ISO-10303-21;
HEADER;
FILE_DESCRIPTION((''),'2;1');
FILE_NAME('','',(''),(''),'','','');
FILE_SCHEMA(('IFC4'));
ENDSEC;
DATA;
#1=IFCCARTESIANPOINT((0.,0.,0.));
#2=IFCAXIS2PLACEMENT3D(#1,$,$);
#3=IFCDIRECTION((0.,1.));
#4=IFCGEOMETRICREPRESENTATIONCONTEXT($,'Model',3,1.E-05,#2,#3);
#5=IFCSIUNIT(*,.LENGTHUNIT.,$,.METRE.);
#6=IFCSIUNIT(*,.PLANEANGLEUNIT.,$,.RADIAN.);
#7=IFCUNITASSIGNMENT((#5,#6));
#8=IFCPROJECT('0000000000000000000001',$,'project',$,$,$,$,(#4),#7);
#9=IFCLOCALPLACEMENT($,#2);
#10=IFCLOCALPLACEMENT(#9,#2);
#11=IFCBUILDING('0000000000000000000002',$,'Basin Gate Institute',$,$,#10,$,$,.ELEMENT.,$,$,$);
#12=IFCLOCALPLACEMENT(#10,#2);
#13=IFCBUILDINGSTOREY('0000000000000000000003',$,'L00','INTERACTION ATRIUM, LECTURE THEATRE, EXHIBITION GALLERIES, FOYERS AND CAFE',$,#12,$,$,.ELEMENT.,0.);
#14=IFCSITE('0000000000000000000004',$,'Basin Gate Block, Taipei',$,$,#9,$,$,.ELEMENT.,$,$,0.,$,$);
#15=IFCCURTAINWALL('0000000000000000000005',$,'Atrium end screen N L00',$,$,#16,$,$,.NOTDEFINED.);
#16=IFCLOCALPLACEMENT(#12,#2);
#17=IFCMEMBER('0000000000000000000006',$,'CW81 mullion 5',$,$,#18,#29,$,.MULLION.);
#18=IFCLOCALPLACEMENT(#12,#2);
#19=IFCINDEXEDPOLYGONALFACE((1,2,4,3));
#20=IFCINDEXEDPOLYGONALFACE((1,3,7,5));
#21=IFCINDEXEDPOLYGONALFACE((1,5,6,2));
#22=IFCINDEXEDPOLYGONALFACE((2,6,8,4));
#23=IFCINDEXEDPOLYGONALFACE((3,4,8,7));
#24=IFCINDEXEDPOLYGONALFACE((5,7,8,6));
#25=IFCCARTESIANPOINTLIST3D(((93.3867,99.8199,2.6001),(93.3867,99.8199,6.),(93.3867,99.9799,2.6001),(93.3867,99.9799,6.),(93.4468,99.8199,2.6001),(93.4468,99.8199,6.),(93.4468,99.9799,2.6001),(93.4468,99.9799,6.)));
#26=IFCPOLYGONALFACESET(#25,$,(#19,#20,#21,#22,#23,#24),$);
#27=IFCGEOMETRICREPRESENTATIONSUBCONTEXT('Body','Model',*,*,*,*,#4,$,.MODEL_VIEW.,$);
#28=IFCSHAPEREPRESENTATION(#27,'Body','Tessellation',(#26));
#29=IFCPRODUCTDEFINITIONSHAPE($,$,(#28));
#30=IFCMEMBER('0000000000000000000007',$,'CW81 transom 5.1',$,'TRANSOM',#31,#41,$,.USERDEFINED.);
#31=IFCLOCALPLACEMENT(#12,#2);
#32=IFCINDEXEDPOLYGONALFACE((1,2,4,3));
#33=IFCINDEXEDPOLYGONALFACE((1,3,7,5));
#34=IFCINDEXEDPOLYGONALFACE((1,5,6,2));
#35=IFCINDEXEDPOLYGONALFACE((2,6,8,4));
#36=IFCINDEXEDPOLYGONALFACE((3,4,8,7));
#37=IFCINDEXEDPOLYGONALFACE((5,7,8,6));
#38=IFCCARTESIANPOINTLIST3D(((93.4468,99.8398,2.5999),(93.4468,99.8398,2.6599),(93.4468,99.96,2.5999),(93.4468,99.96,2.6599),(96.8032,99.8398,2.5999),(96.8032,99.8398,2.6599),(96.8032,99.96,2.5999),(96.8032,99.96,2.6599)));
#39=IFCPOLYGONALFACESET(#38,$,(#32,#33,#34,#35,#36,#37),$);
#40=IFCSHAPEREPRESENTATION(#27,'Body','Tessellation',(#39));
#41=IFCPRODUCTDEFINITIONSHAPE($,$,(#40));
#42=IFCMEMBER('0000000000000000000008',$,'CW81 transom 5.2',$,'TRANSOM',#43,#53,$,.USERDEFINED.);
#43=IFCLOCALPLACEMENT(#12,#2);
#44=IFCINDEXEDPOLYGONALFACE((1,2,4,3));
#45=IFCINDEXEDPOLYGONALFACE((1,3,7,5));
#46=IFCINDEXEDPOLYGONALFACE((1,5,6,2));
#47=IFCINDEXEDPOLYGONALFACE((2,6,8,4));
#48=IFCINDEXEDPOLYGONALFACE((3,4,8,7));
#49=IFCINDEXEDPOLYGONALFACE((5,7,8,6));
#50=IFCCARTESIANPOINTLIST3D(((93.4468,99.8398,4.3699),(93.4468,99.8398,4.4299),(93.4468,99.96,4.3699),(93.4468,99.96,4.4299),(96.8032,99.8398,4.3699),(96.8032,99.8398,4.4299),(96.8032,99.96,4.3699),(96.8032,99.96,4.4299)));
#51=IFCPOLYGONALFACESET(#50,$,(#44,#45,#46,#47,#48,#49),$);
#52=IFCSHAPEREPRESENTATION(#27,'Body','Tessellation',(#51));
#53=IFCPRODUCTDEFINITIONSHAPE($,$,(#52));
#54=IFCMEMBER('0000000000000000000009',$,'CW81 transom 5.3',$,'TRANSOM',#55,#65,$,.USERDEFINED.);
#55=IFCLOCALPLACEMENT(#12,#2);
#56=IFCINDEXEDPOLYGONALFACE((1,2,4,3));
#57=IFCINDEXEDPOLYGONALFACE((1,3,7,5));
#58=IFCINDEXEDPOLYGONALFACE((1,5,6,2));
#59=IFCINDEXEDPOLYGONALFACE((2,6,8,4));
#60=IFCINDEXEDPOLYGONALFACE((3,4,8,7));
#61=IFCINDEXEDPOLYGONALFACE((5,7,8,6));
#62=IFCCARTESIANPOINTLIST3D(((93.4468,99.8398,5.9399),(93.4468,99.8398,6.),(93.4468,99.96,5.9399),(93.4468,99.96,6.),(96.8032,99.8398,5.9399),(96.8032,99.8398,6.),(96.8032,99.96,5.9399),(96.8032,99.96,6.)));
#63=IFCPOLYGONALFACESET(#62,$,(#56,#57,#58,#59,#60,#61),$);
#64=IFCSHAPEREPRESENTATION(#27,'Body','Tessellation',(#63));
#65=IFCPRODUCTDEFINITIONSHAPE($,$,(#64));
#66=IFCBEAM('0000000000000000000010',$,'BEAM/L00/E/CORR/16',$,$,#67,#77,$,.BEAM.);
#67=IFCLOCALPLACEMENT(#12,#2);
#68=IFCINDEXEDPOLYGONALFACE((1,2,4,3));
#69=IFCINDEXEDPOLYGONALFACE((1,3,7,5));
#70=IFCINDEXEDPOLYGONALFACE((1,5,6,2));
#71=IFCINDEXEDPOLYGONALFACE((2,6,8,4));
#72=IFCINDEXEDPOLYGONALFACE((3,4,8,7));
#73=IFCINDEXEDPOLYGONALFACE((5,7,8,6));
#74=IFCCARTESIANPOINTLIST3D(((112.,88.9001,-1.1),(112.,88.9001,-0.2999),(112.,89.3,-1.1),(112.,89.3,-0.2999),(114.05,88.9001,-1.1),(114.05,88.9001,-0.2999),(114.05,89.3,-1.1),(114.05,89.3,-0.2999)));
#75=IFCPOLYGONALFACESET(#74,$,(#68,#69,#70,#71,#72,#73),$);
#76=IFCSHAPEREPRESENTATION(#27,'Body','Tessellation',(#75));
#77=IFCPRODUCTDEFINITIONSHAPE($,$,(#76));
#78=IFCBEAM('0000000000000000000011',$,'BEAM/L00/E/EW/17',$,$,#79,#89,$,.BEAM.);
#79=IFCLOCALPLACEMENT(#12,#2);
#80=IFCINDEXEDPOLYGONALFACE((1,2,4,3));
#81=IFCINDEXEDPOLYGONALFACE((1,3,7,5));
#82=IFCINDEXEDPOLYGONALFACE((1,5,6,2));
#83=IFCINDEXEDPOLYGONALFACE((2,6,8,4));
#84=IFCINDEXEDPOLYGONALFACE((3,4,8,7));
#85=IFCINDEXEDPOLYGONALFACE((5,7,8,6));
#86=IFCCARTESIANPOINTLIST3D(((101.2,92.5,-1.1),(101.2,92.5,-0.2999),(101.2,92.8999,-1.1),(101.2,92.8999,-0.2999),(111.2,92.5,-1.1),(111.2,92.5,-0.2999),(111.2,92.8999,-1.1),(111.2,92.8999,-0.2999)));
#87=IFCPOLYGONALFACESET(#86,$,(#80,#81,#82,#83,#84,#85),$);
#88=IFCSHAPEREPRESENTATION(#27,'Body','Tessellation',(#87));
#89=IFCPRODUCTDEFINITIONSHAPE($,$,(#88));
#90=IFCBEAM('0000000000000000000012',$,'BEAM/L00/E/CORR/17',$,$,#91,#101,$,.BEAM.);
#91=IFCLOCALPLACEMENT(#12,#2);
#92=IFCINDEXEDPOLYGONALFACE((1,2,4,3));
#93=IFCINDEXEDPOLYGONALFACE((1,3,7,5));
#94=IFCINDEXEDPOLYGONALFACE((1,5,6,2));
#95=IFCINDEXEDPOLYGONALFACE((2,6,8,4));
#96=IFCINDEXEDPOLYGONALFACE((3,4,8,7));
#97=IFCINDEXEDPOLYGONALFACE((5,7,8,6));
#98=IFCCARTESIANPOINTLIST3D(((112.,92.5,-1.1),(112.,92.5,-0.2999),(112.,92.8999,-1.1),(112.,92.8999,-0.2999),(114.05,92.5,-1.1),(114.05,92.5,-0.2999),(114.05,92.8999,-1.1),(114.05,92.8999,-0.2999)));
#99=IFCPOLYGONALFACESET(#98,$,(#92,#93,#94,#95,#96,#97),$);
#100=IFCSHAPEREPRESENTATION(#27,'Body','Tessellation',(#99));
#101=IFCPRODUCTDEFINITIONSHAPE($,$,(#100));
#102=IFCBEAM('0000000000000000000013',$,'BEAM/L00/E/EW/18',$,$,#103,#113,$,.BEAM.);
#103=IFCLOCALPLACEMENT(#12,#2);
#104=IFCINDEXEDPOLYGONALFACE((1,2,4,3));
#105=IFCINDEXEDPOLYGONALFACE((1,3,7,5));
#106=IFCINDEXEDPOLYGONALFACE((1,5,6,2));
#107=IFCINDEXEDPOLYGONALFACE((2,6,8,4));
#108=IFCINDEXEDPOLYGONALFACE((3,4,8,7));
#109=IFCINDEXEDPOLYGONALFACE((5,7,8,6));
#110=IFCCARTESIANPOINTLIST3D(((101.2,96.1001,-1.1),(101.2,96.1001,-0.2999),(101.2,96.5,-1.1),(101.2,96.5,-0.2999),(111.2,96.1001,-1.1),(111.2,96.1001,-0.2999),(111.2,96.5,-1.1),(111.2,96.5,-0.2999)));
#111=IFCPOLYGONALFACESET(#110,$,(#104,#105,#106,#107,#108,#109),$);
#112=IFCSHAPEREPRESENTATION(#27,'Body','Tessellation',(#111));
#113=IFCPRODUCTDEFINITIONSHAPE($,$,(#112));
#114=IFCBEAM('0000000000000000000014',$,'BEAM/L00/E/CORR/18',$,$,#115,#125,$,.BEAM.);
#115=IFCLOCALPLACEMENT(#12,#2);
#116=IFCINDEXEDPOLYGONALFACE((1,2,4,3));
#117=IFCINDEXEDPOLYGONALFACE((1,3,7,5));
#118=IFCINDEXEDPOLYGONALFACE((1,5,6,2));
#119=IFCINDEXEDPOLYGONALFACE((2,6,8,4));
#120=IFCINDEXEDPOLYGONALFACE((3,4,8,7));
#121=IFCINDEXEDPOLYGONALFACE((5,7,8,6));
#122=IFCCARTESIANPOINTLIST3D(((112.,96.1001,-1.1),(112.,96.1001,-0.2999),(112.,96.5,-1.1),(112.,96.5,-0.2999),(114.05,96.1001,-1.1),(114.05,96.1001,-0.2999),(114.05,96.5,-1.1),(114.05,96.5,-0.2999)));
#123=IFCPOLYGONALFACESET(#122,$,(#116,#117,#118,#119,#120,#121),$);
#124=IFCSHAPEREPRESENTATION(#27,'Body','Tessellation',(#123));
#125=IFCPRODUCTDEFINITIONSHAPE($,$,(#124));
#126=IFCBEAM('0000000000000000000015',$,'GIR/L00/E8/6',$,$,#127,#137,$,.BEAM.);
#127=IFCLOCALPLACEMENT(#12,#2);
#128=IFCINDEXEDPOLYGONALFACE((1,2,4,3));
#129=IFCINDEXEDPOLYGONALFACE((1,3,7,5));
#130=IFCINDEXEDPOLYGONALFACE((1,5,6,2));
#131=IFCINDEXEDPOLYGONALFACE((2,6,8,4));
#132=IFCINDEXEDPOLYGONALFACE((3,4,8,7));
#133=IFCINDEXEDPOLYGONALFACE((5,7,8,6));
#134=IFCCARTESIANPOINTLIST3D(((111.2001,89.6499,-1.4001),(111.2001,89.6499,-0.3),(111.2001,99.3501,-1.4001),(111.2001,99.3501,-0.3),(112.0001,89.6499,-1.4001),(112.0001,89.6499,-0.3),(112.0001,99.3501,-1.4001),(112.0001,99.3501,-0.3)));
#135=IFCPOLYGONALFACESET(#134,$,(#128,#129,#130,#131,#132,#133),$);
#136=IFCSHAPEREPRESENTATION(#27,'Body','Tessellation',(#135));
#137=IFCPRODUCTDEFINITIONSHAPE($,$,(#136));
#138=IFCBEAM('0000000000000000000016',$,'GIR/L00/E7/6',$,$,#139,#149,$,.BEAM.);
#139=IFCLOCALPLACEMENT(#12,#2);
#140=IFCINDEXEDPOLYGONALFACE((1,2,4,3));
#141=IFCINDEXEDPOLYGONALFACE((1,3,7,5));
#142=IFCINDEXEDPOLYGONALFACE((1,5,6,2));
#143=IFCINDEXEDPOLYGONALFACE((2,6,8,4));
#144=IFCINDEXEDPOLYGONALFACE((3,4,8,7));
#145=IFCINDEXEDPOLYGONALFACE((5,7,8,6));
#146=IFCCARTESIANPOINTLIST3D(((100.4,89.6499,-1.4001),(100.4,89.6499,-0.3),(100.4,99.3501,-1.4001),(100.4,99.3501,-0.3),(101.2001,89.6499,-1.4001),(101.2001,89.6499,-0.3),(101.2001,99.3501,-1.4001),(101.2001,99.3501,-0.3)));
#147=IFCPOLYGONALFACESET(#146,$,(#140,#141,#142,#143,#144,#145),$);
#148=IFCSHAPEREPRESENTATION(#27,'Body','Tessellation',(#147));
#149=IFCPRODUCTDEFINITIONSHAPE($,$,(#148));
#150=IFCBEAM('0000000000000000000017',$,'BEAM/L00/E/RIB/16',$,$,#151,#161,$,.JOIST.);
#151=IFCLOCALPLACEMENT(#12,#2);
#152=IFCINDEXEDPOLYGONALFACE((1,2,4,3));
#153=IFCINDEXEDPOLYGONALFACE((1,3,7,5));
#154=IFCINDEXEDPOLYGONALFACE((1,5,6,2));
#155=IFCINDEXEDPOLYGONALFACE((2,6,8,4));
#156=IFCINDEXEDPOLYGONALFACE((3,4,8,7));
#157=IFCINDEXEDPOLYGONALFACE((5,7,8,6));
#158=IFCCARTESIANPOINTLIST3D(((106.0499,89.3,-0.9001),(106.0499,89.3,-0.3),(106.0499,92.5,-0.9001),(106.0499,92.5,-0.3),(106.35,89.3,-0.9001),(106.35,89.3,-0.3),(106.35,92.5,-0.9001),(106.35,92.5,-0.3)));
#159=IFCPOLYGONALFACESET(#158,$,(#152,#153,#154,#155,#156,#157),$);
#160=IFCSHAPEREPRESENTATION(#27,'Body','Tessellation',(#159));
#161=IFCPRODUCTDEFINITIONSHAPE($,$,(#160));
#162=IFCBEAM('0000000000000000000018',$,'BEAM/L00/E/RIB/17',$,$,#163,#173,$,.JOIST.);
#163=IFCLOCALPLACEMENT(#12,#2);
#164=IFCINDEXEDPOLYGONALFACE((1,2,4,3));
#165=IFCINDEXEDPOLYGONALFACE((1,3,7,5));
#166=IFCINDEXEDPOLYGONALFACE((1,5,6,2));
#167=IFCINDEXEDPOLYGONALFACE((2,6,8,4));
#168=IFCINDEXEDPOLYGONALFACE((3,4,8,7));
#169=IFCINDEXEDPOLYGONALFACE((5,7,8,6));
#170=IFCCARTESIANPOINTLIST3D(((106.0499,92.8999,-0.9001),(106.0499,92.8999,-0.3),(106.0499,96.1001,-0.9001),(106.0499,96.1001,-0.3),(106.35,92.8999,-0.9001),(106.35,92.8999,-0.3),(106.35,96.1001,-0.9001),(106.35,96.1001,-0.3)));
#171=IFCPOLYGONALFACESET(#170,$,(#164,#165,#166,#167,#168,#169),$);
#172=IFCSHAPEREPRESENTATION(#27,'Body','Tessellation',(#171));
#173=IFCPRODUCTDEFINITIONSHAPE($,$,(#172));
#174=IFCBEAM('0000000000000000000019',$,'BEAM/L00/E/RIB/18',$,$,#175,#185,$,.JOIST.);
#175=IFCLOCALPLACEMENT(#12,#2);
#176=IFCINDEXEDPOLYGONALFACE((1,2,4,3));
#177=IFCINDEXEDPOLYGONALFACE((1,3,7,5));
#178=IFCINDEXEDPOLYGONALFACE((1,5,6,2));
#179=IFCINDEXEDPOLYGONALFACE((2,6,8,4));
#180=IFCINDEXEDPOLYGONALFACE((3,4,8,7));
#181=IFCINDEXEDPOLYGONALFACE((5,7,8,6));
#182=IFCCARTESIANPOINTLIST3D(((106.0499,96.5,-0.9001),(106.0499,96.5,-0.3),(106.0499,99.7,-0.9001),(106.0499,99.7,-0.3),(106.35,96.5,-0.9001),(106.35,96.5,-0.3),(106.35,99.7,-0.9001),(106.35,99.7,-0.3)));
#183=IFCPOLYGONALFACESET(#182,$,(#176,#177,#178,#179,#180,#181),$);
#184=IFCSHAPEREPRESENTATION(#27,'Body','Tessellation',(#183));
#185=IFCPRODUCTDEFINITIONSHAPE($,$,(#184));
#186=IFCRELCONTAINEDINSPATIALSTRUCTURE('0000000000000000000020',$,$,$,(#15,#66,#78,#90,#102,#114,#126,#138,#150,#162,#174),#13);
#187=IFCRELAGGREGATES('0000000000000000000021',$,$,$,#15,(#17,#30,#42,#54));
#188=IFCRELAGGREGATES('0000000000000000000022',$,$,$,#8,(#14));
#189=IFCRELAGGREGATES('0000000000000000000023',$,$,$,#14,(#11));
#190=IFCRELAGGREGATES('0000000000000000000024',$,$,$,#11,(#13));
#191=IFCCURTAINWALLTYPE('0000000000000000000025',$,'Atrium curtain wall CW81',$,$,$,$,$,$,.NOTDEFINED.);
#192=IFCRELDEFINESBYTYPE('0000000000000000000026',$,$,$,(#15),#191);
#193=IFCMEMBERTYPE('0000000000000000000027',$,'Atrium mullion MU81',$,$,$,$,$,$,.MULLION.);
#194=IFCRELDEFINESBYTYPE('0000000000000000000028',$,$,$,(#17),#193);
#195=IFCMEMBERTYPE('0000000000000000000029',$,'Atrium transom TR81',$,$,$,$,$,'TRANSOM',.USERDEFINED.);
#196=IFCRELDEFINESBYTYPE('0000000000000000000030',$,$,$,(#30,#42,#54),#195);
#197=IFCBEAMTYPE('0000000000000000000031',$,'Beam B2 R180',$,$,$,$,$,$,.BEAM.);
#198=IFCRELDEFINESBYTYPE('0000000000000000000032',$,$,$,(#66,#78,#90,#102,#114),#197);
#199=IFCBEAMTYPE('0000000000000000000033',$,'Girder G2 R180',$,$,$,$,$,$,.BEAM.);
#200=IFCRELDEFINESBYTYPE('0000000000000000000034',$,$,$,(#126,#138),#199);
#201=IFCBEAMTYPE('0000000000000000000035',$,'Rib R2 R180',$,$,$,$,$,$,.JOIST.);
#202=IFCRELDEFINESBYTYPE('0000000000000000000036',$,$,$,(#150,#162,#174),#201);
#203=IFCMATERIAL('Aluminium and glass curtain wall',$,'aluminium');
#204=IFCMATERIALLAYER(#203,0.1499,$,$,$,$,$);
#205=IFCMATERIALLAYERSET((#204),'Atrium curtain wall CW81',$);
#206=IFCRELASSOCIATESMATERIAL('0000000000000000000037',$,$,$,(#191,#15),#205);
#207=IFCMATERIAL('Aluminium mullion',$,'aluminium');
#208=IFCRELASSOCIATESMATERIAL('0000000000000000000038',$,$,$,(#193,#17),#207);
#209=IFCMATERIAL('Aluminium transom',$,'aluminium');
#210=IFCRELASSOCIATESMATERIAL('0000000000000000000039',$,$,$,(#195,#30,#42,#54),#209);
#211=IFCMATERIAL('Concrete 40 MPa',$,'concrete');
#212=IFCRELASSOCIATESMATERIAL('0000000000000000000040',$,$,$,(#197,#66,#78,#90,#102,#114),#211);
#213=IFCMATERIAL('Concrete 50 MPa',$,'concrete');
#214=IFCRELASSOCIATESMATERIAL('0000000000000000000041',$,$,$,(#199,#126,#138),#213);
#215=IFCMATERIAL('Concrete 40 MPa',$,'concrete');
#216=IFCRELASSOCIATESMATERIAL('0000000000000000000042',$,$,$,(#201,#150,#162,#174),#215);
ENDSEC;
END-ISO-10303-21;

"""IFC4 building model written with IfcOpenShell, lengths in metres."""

from ifc_helpers import new_model, si_unit, direction, frame, origin, origin_2d, place, context, subcontext, project, spatial, rectangle, extrude, material, layer, layer_set, material_profile, profile_set, type_object, element, aggregate, save


model = new_model("IFC4")

# Units and contexts
model_context = context("Model", 3, precision=1e-05, world=origin(), true_north=direction((0.0, 1.0)))
body_context = subcontext(model_context, "Body", "Model", "MODEL_VIEW")
ifc_project = project(units=[si_unit("LENGTHUNIT", "METRE"), si_unit("PLANEANGLEUNIT", "RADIAN")], contexts=[model_context])

# Site, building, storey
site_placement = place(None, origin())
site = spatial("IfcSite", under=ifc_project, at=site_placement, Name="Basin Gate Block, Taipei", CompositionType="ELEMENT", RefElevation=0.0)
building_placement = place(site_placement, origin())
building = spatial("IfcBuilding", under=site, at=building_placement, Name="Basin Gate Institute", CompositionType="ELEMENT")
storey_placement = place(building_placement, origin())
storey = spatial("IfcBuildingStorey", under=building, at=storey_placement, Name="L00", Description="INTERACTION ATRIUM, LECTURE THEATRE, EXHIBITION GALLERIES, FOYERS AND CAFE", CompositionType="ELEMENT", Elevation=0.0)

# Curtain wall, members
ifc_material_1 = material(Name="Aluminium and glass curtain wall", Category="aluminium")
ifc_layer_1 = layer(ifc_material_1, 0.1499)
ifc_layer_set_1 = layer_set([ifc_layer_1], Name="Atrium curtain wall CW81")
curtain_wall_type = type_object("IfcCurtainWallType", Name="Atrium curtain wall CW81", PredefinedType="NOTDEFINED", material=ifc_layer_set_1)
curtain_wall_placement = place(storey_placement, origin())
curtain_wall = element("IfcCurtainWall", 1, at=curtain_wall_placement, inside=storey, type_object=curtain_wall_type, material=ifc_layer_set_1, Name="Atrium end screen N L00", PredefinedType="NOTDEFINED")
ifc_material_2 = material(Name="Aluminium mullion", Category="aluminium")
ifc_material_profile_1 = material_profile(ifc_material_2, rectangle(XDim=0.1599, YDim=0.0601, at=origin_2d()), Name="Atrium mullion MU81 160 x 60")
ifc_profile_set_1 = profile_set([ifc_material_profile_1], Name="Aluminium mullion")
member_type_1 = type_object("IfcMemberType", Name="Atrium mullion MU81", PredefinedType="MULLION", material=ifc_profile_set_1)
member_1_placement = place(storey_placement, frame((93.4167, 99.8999, 2.6001), z_axis=(0.0, 0.0, 1.0), x_axis=(0.0, 1.0, 0.0)))
member_1 = element("IfcMember", 2, at=member_1_placement, type_object=member_type_1, material=ifc_profile_set_1, Name="CW81 mullion 5", PredefinedType="MULLION", context=body_context, shape_type="SweptSolid", body=[
    extrude(rectangle(XDim=0.1599, YDim=0.0601, at=origin_2d()), origin(), (0.0, 0.0, 1.0), 3.3999),
])
ifc_material_3 = material(Name="Aluminium transom", Category="aluminium")
ifc_material_profile_2 = material_profile(ifc_material_3, rectangle(XDim=0.1201, YDim=0.0601, at=origin_2d()), Name="Atrium transom TR81 120 x 60")
ifc_profile_set_2 = profile_set([ifc_material_profile_2], Name="Aluminium transom")
member_type_2 = type_object("IfcMemberType", Name="Atrium transom TR81", ElementType="TRANSOM", PredefinedType="USERDEFINED", material=ifc_profile_set_2)
member_2_placement = place(storey_placement, frame((93.4468, 99.8999, 2.6299), z_axis=(1.0, 0.0, 0.0), x_axis=(0.0, 1.0, 0.0)))
member_2 = element("IfcMember", 3, at=member_2_placement, type_object=member_type_2, material=ifc_profile_set_2, Name="CW81 transom 5.1", ObjectType="TRANSOM", PredefinedType="USERDEFINED", context=body_context, shape_type="SweptSolid", body=[
    extrude(rectangle(XDim=0.1201, YDim=0.0601, at=origin_2d()), origin(), (0.0, 0.0, 1.0), 3.3564),
])
member_3_placement = place(storey_placement, frame((93.4468, 99.8999, 4.3999), z_axis=(1.0, 0.0, 0.0), x_axis=(0.0, 1.0, 0.0)))
member_3 = element("IfcMember", 4, at=member_3_placement, type_object=member_type_2, material=ifc_profile_set_2, Name="CW81 transom 5.2", ObjectType="TRANSOM", PredefinedType="USERDEFINED", context=body_context, shape_type="SweptSolid", body=[
    extrude(rectangle(XDim=0.1201, YDim=0.0601, at=origin_2d()), origin(), (0.0, 0.0, 1.0), 3.3564),
])
member_4_placement = place(storey_placement, frame((93.4468, 99.8999, 5.97), z_axis=(1.0, 0.0, 0.0), x_axis=(0.0, 1.0, 0.0)))
member_4 = element("IfcMember", 5, at=member_4_placement, type_object=member_type_2, material=ifc_profile_set_2, Name="CW81 transom 5.3", ObjectType="TRANSOM", PredefinedType="USERDEFINED", context=body_context, shape_type="SweptSolid", body=[
    extrude(rectangle(XDim=0.1201, YDim=0.0601, at=origin_2d()), origin(), (0.0, 0.0, 1.0), 3.3564),
])

# Beams
ifc_material_4 = material(Name="Concrete 40 MPa", Category="concrete")
ifc_material_profile_3 = material_profile(ifc_material_4, rectangle(XDim=0.3999, YDim=0.8, at=origin_2d()), Name="Beam B2 400 x 800")
ifc_profile_set_3 = profile_set([ifc_material_profile_3], Name="Concrete 40 MPa")
beam_type_1 = type_object("IfcBeamType", Name="Beam B2 R180", PredefinedType="BEAM", material=ifc_profile_set_3)
beam_1_placement = place(storey_placement, frame((114.05, 89.1001, -0.7), z_axis=(-1.0, 0.0, 0.0), x_axis=(0.0, -1.0, 0.0)))
element("IfcBeam", 6, at=beam_1_placement, inside=storey, type_object=beam_type_1, material=ifc_profile_set_3, Name="BEAM/L00/E/CORR/16", PredefinedType="BEAM", context=body_context, shape_type="SweptSolid", body=[
    extrude(rectangle(XDim=0.3999, YDim=0.8, at=origin_2d()), origin(), (0.0, 0.0, 1.0), 2.05),
])
beam_2_placement = place(storey_placement, frame((111.2, 92.7, -0.7), z_axis=(-1.0, 0.0, 0.0), x_axis=(0.0, -1.0, 0.0)))
element("IfcBeam", 7, at=beam_2_placement, inside=storey, type_object=beam_type_1, material=ifc_profile_set_3, Name="BEAM/L00/E/EW/17", PredefinedType="BEAM", context=body_context, shape_type="SweptSolid", body=[
    extrude(rectangle(XDim=0.3999, YDim=0.8, at=origin_2d()), origin(), (0.0, 0.0, 1.0), 10.0),
])
beam_3_placement = place(storey_placement, frame((114.05, 92.7, -0.7), z_axis=(-1.0, 0.0, 0.0), x_axis=(0.0, -1.0, 0.0)))
element("IfcBeam", 8, at=beam_3_placement, inside=storey, type_object=beam_type_1, material=ifc_profile_set_3, Name="BEAM/L00/E/CORR/17", PredefinedType="BEAM", context=body_context, shape_type="SweptSolid", body=[
    extrude(rectangle(XDim=0.3999, YDim=0.8, at=origin_2d()), origin(), (0.0, 0.0, 1.0), 2.05),
])
beam_4_placement = place(storey_placement, frame((111.2, 96.3, -0.7), z_axis=(-1.0, 0.0, 0.0), x_axis=(0.0, -1.0, 0.0)))
element("IfcBeam", 9, at=beam_4_placement, inside=storey, type_object=beam_type_1, material=ifc_profile_set_3, Name="BEAM/L00/E/EW/18", PredefinedType="BEAM", context=body_context, shape_type="SweptSolid", body=[
    extrude(rectangle(XDim=0.3999, YDim=0.8, at=origin_2d()), origin(), (0.0, 0.0, 1.0), 10.0),
])
beam_5_placement = place(storey_placement, frame((114.05, 96.3, -0.7), z_axis=(-1.0, 0.0, 0.0), x_axis=(0.0, -1.0, 0.0)))
element("IfcBeam", 10, at=beam_5_placement, inside=storey, type_object=beam_type_1, material=ifc_profile_set_3, Name="BEAM/L00/E/CORR/18", PredefinedType="BEAM", context=body_context, shape_type="SweptSolid", body=[
    extrude(rectangle(XDim=0.3999, YDim=0.8, at=origin_2d()), origin(), (0.0, 0.0, 1.0), 2.05),
])
ifc_material_5 = material(Name="Concrete 50 MPa", Category="concrete")
ifc_material_profile_4 = material_profile(ifc_material_5, rectangle(XDim=0.8, YDim=1.1001, at=origin_2d()), Name="Girder G2 800 x 1100")
ifc_profile_set_4 = profile_set([ifc_material_profile_4], Name="Concrete 50 MPa")
beam_type_2 = type_object("IfcBeamType", Name="Girder G2 R180", PredefinedType="BEAM", material=ifc_profile_set_4)
for number, where, z_axis, x_axis, name in (
    (11, (111.6001, 89.6499, -0.8501), (0.0, 1.0, 0.0), (-1.0, 0.0, 0.0), "GIR/L00/E8/6"),
    (12, (100.8, 89.6499, -0.8501), (0.0, 1.0, 0.0), (-1.0, 0.0, 0.0), "GIR/L00/E7/6"),
):
    element("IfcBeam", number, at=place(storey_placement, frame(where, z_axis=z_axis, x_axis=x_axis)), inside=storey, type_object=beam_type_2, material=ifc_profile_set_4, Name=name, PredefinedType="BEAM", context=body_context, shape_type="SweptSolid", body=[
        extrude(rectangle(XDim=0.8, YDim=1.1001, at=origin_2d()), origin(), (0.0, 0.0, 1.0), 9.7002),
    ])
ifc_material_6 = material(Name="Concrete 40 MPa", Category="concrete")
ifc_material_profile_5 = material_profile(ifc_material_6, rectangle(XDim=0.3, YDim=0.6001, at=origin_2d()), Name="Rib R2 300 x 600")
ifc_profile_set_5 = profile_set([ifc_material_profile_5], Name="Concrete 40 MPa")
beam_type_3 = type_object("IfcBeamType", Name="Rib R2 R180", PredefinedType="JOIST", material=ifc_profile_set_5)
beam_6_placement = place(storey_placement, frame((106.2, 89.3, -0.6001), z_axis=(0.0, 1.0, 0.0), x_axis=(-1.0, 0.0, 0.0)))
element("IfcBeam", 13, at=beam_6_placement, inside=storey, type_object=beam_type_3, material=ifc_profile_set_5, Name="BEAM/L00/E/RIB/16", PredefinedType="JOIST", context=body_context, shape_type="SweptSolid", body=[
    extrude(rectangle(XDim=0.3, YDim=0.6001, at=origin_2d()), origin(), (0.0, 0.0, 1.0), 3.2),
])
beam_7_placement = place(storey_placement, frame((106.2, 92.8999, -0.6001), z_axis=(0.0, 1.0, 0.0), x_axis=(-1.0, 0.0, 0.0)))
element("IfcBeam", 14, at=beam_7_placement, inside=storey, type_object=beam_type_3, material=ifc_profile_set_5, Name="BEAM/L00/E/RIB/17", PredefinedType="JOIST", context=body_context, shape_type="SweptSolid", body=[
    extrude(rectangle(XDim=0.3, YDim=0.6001, at=origin_2d()), origin(), (0.0, 0.0, 1.0), 3.2002),
])
for number, where, z_axis, x_axis, name in (
    (15, (106.2, 96.5, -0.6001), (0.0, 1.0, 0.0), (-1.0, 0.0, 0.0), "BEAM/L00/E/RIB/18"),
):
    element("IfcBeam", number, at=place(storey_placement, frame(where, z_axis=z_axis, x_axis=x_axis)), inside=storey, type_object=beam_type_3, material=ifc_profile_set_5, Name=name, PredefinedType="JOIST", context=body_context, shape_type="SweptSolid", body=[
        extrude(rectangle(XDim=0.3, YDim=0.6001, at=origin_2d()), origin(), (0.0, 0.0, 1.0), 3.2),
    ])

aggregate(curtain_wall, [member_1, member_2, member_3, member_4])

save(model, "model.ifc")
